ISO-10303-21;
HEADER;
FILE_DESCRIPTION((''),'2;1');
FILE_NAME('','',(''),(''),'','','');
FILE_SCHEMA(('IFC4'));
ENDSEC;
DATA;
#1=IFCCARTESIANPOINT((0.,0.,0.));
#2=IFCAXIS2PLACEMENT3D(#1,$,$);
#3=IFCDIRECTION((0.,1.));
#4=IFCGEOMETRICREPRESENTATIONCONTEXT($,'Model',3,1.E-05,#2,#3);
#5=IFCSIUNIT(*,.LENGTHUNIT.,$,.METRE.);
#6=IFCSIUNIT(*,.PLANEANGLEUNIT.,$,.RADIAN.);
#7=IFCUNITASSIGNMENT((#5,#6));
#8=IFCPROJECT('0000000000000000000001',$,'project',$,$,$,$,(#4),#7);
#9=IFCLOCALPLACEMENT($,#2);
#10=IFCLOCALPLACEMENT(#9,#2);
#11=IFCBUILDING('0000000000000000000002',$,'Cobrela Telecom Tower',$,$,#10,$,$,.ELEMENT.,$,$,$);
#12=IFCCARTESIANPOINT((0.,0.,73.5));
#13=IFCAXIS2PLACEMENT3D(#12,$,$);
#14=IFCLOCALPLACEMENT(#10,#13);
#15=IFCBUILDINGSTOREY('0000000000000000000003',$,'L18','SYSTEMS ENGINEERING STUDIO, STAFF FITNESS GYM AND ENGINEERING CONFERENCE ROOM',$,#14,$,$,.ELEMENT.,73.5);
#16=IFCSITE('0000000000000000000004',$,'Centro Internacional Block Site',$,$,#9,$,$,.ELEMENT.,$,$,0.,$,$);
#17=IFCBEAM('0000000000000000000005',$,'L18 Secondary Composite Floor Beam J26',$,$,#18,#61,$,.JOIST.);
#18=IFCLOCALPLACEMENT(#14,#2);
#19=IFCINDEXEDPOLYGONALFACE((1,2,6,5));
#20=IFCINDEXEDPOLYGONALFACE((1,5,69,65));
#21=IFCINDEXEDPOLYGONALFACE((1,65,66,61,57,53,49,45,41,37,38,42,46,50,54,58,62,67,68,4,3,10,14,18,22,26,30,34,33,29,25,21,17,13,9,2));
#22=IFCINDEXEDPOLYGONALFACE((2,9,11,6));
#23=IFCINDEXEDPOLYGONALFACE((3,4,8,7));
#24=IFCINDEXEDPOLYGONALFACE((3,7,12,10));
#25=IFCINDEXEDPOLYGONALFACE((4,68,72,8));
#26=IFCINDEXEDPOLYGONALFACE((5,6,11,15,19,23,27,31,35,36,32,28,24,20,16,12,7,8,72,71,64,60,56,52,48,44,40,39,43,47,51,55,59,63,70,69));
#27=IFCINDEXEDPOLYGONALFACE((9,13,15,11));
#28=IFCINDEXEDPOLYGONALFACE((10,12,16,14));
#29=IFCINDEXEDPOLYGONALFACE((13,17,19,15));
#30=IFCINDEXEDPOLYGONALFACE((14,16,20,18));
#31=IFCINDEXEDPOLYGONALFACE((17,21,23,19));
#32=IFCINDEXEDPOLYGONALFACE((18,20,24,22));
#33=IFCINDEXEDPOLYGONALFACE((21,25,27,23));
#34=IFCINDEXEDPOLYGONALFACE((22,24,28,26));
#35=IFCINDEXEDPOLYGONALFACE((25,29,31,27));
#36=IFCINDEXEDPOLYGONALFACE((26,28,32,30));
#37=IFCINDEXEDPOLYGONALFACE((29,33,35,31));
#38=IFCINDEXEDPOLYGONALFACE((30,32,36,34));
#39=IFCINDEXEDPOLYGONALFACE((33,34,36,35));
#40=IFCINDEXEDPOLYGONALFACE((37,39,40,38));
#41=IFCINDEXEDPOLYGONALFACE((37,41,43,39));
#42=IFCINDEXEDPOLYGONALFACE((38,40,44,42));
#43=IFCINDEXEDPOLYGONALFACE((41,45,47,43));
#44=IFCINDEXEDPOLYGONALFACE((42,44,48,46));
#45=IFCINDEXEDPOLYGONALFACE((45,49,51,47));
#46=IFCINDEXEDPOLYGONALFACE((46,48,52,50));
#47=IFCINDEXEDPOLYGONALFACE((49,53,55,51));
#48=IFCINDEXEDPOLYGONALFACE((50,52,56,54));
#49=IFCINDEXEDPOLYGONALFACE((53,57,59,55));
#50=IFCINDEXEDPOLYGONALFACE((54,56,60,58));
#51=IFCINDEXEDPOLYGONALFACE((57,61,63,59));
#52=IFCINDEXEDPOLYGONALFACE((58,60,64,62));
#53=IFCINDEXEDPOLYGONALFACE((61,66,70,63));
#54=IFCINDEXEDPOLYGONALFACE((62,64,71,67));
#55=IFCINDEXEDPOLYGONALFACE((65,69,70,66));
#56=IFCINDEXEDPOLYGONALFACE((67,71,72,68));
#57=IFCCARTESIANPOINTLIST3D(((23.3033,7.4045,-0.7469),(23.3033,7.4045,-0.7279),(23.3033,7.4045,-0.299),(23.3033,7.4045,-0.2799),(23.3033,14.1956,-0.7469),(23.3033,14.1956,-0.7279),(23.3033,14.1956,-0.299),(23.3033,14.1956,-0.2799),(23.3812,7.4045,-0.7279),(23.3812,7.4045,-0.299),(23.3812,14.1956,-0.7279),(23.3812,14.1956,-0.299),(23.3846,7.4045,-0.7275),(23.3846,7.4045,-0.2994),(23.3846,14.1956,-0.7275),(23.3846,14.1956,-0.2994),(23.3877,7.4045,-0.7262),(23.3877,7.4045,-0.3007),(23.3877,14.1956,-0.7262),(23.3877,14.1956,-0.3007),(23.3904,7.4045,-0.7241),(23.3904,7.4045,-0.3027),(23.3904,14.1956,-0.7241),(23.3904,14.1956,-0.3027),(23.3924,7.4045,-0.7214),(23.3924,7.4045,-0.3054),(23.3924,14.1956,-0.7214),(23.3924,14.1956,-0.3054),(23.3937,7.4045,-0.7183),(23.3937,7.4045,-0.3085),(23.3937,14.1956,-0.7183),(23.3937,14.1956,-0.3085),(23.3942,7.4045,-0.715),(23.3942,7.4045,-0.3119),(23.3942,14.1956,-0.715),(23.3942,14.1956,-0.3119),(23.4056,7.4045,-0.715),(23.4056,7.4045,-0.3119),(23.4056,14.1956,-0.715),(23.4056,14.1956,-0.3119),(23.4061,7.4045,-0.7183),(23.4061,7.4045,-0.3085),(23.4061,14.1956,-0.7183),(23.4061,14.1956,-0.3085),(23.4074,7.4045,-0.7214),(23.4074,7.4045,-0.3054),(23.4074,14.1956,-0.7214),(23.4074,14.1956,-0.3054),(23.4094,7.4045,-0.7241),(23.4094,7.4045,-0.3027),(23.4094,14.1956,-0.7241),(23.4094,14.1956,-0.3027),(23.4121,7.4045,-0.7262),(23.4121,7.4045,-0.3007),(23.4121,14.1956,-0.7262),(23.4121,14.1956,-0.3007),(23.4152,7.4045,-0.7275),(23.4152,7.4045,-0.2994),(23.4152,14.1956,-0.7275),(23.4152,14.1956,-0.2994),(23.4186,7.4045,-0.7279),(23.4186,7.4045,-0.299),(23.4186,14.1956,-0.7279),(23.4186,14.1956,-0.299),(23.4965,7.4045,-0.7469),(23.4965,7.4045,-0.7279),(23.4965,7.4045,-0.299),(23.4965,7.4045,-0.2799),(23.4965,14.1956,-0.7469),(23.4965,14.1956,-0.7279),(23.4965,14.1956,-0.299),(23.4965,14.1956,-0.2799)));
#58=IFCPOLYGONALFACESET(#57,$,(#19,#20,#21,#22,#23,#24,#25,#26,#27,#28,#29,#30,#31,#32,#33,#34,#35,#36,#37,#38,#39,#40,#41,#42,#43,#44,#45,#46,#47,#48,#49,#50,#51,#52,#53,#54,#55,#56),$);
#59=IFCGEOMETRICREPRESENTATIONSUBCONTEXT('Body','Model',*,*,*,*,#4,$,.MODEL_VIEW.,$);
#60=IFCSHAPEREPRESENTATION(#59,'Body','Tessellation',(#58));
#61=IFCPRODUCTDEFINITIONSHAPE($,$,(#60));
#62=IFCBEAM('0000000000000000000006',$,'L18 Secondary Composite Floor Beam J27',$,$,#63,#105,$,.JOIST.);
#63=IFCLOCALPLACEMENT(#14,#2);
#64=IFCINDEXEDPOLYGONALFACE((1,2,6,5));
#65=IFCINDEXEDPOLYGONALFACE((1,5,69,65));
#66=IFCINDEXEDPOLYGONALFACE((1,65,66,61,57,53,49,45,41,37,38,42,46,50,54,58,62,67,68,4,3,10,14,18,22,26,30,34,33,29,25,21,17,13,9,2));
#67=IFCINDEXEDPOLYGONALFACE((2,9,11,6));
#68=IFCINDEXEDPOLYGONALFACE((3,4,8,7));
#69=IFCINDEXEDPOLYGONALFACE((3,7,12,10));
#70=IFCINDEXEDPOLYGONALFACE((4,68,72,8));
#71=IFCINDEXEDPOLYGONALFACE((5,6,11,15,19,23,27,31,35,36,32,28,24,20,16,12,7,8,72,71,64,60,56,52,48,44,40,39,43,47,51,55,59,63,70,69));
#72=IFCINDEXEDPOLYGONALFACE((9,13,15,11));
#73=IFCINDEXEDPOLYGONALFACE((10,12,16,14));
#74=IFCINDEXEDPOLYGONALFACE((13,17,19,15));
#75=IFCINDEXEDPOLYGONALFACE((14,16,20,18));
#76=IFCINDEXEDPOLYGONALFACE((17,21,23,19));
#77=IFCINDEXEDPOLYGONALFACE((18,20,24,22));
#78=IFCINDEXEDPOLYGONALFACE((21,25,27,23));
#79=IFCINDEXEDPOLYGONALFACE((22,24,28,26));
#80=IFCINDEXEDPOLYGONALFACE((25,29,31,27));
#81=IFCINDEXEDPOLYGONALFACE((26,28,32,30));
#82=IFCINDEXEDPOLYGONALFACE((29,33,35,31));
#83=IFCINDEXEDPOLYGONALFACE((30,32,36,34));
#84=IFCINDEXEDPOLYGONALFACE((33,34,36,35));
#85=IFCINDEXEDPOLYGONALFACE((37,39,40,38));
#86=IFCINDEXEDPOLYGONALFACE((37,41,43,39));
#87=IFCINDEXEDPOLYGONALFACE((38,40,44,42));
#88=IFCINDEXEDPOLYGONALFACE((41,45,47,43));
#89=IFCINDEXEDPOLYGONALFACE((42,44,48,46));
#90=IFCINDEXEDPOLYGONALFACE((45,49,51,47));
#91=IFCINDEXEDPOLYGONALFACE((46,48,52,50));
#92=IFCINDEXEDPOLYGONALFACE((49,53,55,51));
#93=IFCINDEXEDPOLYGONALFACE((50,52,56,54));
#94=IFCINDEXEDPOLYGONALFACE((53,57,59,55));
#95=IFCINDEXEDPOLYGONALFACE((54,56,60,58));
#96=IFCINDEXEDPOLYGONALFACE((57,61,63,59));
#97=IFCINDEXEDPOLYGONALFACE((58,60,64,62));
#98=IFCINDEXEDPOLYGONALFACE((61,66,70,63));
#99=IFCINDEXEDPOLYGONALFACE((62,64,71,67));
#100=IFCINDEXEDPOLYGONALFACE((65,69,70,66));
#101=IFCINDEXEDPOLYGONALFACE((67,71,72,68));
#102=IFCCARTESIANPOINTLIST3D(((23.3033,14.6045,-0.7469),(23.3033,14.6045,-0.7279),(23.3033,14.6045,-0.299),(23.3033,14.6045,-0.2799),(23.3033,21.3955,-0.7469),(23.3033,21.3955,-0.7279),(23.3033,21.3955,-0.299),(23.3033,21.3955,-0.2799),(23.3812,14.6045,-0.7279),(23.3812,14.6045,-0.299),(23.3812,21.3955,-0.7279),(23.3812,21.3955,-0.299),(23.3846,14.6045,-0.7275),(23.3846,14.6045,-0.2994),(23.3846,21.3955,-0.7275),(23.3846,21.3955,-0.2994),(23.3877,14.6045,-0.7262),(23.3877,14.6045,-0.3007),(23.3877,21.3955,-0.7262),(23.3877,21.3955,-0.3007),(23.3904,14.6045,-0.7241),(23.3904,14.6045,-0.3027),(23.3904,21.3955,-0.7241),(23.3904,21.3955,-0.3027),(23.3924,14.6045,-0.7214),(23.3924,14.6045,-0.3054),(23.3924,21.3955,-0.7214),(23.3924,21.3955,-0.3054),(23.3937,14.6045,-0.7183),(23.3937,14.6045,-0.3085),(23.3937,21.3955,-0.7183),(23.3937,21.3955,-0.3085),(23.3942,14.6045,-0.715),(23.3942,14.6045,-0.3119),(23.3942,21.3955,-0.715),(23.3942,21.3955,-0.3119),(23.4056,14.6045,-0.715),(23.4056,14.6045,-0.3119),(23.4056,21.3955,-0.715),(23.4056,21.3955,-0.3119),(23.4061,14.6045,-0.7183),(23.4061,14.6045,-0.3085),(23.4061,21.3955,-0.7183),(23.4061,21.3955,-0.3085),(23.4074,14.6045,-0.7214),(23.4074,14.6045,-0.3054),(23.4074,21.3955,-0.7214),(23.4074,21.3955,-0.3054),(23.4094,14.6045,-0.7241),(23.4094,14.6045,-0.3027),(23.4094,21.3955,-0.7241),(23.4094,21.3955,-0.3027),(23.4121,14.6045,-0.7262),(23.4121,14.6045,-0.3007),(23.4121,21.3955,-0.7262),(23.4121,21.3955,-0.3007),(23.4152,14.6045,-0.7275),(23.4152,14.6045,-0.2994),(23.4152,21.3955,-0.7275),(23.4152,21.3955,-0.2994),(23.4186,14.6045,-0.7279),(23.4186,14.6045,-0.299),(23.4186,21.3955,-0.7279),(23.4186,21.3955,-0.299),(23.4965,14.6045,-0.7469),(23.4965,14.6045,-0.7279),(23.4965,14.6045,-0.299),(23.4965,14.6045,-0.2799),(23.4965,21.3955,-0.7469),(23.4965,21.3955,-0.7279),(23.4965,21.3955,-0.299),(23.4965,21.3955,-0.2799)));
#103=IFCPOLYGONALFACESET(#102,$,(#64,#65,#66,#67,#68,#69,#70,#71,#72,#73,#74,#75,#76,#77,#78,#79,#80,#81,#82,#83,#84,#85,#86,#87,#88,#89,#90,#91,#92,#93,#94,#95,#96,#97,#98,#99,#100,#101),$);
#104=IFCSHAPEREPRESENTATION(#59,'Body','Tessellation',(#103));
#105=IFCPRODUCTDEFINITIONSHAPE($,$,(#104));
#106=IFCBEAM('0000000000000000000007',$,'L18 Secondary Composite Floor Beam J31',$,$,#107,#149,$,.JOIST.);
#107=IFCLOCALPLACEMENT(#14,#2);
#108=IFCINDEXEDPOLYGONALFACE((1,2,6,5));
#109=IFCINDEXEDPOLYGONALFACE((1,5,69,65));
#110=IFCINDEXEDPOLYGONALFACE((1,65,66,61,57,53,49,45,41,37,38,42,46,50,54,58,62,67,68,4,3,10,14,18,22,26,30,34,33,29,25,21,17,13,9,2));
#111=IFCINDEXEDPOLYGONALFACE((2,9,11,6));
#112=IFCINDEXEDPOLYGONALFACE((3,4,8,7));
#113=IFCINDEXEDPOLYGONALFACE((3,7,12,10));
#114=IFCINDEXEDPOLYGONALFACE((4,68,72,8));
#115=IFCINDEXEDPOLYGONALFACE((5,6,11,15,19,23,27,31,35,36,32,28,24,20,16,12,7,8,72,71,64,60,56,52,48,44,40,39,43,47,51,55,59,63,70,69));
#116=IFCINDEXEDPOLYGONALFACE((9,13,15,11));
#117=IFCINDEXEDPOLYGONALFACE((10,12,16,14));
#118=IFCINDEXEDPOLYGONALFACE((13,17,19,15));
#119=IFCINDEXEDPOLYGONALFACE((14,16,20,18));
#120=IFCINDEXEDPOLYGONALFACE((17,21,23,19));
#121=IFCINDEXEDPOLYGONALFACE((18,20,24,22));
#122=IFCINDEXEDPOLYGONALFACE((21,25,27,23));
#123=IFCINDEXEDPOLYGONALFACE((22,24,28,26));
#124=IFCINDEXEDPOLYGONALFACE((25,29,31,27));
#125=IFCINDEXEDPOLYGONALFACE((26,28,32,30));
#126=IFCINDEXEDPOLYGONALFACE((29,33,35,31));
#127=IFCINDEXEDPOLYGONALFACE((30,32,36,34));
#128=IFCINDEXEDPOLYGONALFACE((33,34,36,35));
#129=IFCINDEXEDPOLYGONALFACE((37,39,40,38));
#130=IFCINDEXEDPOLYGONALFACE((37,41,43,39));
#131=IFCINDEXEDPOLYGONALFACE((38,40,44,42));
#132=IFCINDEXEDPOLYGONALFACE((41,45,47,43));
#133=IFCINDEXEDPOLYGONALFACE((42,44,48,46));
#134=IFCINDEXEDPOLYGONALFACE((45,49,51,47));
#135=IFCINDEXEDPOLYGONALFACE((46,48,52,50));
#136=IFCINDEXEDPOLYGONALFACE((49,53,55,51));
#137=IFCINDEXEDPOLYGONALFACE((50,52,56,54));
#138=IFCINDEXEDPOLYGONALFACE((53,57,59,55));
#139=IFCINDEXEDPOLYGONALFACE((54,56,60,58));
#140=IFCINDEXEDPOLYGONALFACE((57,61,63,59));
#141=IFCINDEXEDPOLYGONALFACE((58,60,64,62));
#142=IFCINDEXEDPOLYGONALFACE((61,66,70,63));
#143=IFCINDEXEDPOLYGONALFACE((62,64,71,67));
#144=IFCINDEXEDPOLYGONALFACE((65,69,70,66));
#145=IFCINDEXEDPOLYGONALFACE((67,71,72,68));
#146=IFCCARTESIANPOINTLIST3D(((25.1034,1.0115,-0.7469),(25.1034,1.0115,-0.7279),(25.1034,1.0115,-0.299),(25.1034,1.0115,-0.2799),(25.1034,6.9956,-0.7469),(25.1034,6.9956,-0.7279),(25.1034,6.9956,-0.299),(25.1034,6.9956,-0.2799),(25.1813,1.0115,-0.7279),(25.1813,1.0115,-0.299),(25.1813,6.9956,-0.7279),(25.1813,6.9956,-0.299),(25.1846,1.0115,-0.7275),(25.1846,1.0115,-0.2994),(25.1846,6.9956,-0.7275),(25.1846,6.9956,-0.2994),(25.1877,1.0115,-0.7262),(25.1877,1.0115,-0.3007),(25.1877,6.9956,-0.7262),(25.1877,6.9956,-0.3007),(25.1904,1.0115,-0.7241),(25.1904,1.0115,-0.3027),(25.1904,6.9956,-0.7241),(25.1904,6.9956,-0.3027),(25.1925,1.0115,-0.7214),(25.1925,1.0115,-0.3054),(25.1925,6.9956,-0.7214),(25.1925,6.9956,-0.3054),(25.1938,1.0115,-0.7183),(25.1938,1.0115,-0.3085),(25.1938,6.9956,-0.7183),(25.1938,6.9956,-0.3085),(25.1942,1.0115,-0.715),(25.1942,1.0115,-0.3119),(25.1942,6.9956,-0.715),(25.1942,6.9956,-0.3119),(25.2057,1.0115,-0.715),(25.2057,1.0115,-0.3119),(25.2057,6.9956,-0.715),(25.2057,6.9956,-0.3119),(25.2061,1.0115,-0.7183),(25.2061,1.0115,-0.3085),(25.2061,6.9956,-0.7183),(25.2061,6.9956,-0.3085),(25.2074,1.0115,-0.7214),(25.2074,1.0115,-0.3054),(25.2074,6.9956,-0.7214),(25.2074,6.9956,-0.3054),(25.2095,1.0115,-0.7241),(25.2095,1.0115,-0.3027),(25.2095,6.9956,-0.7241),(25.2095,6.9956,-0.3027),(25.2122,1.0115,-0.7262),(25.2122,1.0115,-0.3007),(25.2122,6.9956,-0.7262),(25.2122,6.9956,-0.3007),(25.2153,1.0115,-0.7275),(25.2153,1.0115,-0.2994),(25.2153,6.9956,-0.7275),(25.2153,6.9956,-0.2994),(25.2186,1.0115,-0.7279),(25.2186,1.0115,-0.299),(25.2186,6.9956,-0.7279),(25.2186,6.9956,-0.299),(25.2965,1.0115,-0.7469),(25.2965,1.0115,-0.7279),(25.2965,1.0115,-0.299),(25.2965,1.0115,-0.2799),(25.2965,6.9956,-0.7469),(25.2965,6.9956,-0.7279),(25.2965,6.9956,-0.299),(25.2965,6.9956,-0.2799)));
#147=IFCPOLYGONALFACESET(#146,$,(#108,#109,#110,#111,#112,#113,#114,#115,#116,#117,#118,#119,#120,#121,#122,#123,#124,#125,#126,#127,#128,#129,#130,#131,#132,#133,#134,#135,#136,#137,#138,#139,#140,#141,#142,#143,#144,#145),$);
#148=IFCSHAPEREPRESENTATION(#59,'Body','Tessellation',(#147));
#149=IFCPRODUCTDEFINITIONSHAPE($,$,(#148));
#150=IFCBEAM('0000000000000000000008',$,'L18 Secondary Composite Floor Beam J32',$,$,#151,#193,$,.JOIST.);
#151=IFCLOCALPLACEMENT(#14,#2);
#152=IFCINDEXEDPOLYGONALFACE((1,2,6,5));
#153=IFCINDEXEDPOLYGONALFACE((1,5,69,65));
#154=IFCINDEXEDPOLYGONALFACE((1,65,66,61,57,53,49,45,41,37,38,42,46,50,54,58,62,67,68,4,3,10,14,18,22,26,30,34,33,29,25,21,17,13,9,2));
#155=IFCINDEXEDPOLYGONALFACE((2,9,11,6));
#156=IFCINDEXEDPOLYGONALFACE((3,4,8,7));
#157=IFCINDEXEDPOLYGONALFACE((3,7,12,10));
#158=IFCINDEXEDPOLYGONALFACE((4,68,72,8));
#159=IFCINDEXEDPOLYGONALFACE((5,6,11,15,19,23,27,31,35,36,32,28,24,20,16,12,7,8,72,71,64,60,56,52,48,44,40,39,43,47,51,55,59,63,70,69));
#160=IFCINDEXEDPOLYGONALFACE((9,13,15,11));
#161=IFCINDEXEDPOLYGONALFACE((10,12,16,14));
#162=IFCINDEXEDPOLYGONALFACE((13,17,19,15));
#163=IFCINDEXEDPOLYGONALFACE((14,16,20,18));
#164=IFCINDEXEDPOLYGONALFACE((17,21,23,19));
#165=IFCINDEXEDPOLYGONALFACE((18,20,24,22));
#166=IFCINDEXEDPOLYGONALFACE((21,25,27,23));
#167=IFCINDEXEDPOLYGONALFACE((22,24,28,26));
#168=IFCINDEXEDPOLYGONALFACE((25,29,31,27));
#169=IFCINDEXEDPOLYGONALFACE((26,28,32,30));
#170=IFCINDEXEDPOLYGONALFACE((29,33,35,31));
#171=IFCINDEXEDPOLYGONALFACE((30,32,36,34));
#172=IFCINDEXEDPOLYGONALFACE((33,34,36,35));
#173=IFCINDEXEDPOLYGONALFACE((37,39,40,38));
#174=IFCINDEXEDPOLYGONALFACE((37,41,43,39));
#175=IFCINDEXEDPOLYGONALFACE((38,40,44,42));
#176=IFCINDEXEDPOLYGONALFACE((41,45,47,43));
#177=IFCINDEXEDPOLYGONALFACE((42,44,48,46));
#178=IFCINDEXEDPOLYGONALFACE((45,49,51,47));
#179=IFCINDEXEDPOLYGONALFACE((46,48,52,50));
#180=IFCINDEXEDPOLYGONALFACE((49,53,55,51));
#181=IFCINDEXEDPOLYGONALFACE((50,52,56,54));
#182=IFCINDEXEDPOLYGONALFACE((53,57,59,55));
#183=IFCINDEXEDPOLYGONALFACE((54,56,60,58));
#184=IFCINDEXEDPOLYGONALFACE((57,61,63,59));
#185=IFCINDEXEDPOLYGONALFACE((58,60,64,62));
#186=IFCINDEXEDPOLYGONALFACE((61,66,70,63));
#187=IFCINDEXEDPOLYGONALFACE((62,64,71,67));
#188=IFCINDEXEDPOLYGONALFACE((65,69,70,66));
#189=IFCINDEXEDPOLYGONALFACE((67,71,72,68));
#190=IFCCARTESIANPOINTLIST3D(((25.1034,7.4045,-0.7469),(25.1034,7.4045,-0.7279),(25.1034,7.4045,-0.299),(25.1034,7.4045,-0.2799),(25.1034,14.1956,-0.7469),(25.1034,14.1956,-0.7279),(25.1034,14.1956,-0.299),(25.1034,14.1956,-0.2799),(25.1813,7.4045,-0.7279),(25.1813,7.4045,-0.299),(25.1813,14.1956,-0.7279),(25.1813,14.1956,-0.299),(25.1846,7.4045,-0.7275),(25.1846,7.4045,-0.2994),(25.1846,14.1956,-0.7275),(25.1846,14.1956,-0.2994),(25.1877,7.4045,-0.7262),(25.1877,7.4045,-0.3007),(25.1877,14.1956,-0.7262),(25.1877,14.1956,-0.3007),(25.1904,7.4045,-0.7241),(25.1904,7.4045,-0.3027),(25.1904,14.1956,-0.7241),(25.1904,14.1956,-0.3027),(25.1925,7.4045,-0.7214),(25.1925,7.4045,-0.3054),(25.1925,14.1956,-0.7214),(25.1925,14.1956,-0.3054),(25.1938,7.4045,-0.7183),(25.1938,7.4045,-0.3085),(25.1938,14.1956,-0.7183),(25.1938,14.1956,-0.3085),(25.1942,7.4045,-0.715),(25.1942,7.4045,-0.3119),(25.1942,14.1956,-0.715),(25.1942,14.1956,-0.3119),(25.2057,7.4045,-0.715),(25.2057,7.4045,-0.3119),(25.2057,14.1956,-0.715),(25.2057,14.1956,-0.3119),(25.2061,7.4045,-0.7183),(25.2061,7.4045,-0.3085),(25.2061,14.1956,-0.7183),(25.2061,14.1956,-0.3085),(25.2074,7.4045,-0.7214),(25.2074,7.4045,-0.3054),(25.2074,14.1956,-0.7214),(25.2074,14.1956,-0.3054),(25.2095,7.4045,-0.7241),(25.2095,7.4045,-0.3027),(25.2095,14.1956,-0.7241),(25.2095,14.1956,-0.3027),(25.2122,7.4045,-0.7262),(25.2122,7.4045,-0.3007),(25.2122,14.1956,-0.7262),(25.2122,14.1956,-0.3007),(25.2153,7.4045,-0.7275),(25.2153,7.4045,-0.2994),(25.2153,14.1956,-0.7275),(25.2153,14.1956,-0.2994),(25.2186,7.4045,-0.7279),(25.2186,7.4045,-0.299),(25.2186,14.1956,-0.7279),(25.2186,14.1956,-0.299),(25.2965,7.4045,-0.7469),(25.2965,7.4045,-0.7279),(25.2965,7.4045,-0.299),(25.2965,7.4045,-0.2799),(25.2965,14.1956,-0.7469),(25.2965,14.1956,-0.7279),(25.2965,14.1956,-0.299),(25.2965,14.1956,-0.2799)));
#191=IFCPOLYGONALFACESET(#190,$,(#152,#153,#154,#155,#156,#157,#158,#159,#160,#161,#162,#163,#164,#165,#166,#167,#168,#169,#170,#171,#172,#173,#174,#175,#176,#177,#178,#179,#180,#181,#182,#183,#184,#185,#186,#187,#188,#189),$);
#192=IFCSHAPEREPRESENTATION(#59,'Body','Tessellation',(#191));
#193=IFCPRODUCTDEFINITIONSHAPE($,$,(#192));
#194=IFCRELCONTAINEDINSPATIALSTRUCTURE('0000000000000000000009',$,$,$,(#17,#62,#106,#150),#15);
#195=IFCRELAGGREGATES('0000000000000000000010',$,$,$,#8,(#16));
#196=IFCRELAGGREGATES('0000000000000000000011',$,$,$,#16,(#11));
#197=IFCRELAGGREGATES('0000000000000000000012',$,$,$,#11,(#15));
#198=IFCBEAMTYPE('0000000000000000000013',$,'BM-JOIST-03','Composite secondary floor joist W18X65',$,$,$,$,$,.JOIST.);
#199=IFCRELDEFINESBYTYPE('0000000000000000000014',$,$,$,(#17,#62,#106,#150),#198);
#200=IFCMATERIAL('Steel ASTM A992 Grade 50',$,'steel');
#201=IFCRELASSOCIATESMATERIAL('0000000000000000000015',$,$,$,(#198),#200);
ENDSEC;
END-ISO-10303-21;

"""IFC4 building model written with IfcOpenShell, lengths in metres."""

from ifc_helpers import new_model, si_unit, direction, frame, origin, origin_2d, place, context, subcontext, project, spatial, i_section, extrude, material, material_profile, profile_set, type_object, element, save


model = new_model("IFC4")

# Units and contexts
model_context = context("Model", 3, precision=1e-05, world=origin(), true_north=direction((0.0, 1.0)))
body_context = subcontext(model_context, "Body", "Model", "MODEL_VIEW")
ifc_project = project(units=[si_unit("LENGTHUNIT", "METRE"), si_unit("PLANEANGLEUNIT", "RADIAN")], contexts=[model_context])

# Site, building, storey
site_placement = place(None, origin())
site = spatial("IfcSite", under=ifc_project, at=site_placement, Name="Centro Internacional Block Site", CompositionType="ELEMENT", RefElevation=0.0)
building_placement = place(site_placement, origin())
building = spatial("IfcBuilding", under=site, at=building_placement, Name="Cobrela Telecom Tower", CompositionType="ELEMENT")
storey_placement = place(building_placement, frame((0.0, 0.0, 73.5)))
storey = spatial("IfcBuildingStorey", under=building, at=storey_placement, Name="L18", Description="SYSTEMS ENGINEERING STUDIO, STAFF FITNESS GYM AND ENGINEERING CONFERENCE ROOM", CompositionType="ELEMENT", Elevation=73.5)

# Shared definitions
ifc_material_1 = material(Name="Steel ASTM A992 Grade 50", Category="steel")

# Beams
ifc_material_profile_1 = material_profile(ifc_material_1, i_section(OverallWidth=0.1931, OverallDepth=0.467, WebThickness=0.0115, FlangeThickness=0.019, FilletRadius=0.0129, at=origin_2d()), Name="W18X65")
ifc_profile_set_1 = profile_set([ifc_material_profile_1], Name="Steel ASTM A992 Grade 50")
beam_type_1 = type_object("IfcBeamType", Name="BM-JOIST-03", Description="Composite secondary floor joist W18X65", PredefinedType="JOIST", material=ifc_profile_set_1)
for number, where, z_axis, x_axis, name in (
    (1, (23.3999, 7.4045, -0.5134), (0.0, 1.0, 0.0), (-1.0, 0.0, 0.0), "L18 Secondary Composite Floor Beam J26"),
    (2, (23.3999, 14.6045, -0.5134), (0.0, 1.0, 0.0), (-1.0, 0.0, 0.0), "L18 Secondary Composite Floor Beam J27"),
):
    element("IfcBeam", number, at=place(storey_placement, frame(where, z_axis=z_axis, x_axis=x_axis)), inside=storey, type_object=beam_type_1, Name=name, PredefinedType="JOIST", context=body_context, shape_type="SweptSolid", body=[
        extrude(i_section(OverallWidth=0.1931, OverallDepth=0.467, WebThickness=0.0115, FlangeThickness=0.019, FilletRadius=0.0129, at=origin_2d()), origin(), (0.0, 0.0, 1.0), 6.791),
    ])
beam_1_placement = place(storey_placement, frame((25.2, 1.0115, -0.5134), z_axis=(0.0, 1.0, 0.0), x_axis=(-1.0, 0.0, 0.0)))
element("IfcBeam", 3, at=beam_1_placement, inside=storey, type_object=beam_type_1, Name="L18 Secondary Composite Floor Beam J31", PredefinedType="JOIST", context=body_context, shape_type="SweptSolid", body=[
    extrude(i_section(OverallWidth=0.1931, OverallDepth=0.467, WebThickness=0.0115, FlangeThickness=0.019, FilletRadius=0.0129, at=origin_2d()), origin(), (0.0, 0.0, 1.0), 5.9841),
])
for number, where, z_axis, x_axis, name in (
    (4, (25.2, 7.4045, -0.5134), (0.0, 1.0, 0.0), (-1.0, 0.0, 0.0), "L18 Secondary Composite Floor Beam J32"),
):
    element("IfcBeam", number, at=place(storey_placement, frame(where, z_axis=z_axis, x_axis=x_axis)), inside=storey, type_object=beam_type_1, Name=name, PredefinedType="JOIST", context=body_context, shape_type="SweptSolid", body=[
        extrude(i_section(OverallWidth=0.1931, OverallDepth=0.467, WebThickness=0.0115, FlangeThickness=0.019, FilletRadius=0.0129, at=origin_2d()), origin(), (0.0, 0.0, 1.0), 6.791),
    ])

save(model, "model.ifc")
